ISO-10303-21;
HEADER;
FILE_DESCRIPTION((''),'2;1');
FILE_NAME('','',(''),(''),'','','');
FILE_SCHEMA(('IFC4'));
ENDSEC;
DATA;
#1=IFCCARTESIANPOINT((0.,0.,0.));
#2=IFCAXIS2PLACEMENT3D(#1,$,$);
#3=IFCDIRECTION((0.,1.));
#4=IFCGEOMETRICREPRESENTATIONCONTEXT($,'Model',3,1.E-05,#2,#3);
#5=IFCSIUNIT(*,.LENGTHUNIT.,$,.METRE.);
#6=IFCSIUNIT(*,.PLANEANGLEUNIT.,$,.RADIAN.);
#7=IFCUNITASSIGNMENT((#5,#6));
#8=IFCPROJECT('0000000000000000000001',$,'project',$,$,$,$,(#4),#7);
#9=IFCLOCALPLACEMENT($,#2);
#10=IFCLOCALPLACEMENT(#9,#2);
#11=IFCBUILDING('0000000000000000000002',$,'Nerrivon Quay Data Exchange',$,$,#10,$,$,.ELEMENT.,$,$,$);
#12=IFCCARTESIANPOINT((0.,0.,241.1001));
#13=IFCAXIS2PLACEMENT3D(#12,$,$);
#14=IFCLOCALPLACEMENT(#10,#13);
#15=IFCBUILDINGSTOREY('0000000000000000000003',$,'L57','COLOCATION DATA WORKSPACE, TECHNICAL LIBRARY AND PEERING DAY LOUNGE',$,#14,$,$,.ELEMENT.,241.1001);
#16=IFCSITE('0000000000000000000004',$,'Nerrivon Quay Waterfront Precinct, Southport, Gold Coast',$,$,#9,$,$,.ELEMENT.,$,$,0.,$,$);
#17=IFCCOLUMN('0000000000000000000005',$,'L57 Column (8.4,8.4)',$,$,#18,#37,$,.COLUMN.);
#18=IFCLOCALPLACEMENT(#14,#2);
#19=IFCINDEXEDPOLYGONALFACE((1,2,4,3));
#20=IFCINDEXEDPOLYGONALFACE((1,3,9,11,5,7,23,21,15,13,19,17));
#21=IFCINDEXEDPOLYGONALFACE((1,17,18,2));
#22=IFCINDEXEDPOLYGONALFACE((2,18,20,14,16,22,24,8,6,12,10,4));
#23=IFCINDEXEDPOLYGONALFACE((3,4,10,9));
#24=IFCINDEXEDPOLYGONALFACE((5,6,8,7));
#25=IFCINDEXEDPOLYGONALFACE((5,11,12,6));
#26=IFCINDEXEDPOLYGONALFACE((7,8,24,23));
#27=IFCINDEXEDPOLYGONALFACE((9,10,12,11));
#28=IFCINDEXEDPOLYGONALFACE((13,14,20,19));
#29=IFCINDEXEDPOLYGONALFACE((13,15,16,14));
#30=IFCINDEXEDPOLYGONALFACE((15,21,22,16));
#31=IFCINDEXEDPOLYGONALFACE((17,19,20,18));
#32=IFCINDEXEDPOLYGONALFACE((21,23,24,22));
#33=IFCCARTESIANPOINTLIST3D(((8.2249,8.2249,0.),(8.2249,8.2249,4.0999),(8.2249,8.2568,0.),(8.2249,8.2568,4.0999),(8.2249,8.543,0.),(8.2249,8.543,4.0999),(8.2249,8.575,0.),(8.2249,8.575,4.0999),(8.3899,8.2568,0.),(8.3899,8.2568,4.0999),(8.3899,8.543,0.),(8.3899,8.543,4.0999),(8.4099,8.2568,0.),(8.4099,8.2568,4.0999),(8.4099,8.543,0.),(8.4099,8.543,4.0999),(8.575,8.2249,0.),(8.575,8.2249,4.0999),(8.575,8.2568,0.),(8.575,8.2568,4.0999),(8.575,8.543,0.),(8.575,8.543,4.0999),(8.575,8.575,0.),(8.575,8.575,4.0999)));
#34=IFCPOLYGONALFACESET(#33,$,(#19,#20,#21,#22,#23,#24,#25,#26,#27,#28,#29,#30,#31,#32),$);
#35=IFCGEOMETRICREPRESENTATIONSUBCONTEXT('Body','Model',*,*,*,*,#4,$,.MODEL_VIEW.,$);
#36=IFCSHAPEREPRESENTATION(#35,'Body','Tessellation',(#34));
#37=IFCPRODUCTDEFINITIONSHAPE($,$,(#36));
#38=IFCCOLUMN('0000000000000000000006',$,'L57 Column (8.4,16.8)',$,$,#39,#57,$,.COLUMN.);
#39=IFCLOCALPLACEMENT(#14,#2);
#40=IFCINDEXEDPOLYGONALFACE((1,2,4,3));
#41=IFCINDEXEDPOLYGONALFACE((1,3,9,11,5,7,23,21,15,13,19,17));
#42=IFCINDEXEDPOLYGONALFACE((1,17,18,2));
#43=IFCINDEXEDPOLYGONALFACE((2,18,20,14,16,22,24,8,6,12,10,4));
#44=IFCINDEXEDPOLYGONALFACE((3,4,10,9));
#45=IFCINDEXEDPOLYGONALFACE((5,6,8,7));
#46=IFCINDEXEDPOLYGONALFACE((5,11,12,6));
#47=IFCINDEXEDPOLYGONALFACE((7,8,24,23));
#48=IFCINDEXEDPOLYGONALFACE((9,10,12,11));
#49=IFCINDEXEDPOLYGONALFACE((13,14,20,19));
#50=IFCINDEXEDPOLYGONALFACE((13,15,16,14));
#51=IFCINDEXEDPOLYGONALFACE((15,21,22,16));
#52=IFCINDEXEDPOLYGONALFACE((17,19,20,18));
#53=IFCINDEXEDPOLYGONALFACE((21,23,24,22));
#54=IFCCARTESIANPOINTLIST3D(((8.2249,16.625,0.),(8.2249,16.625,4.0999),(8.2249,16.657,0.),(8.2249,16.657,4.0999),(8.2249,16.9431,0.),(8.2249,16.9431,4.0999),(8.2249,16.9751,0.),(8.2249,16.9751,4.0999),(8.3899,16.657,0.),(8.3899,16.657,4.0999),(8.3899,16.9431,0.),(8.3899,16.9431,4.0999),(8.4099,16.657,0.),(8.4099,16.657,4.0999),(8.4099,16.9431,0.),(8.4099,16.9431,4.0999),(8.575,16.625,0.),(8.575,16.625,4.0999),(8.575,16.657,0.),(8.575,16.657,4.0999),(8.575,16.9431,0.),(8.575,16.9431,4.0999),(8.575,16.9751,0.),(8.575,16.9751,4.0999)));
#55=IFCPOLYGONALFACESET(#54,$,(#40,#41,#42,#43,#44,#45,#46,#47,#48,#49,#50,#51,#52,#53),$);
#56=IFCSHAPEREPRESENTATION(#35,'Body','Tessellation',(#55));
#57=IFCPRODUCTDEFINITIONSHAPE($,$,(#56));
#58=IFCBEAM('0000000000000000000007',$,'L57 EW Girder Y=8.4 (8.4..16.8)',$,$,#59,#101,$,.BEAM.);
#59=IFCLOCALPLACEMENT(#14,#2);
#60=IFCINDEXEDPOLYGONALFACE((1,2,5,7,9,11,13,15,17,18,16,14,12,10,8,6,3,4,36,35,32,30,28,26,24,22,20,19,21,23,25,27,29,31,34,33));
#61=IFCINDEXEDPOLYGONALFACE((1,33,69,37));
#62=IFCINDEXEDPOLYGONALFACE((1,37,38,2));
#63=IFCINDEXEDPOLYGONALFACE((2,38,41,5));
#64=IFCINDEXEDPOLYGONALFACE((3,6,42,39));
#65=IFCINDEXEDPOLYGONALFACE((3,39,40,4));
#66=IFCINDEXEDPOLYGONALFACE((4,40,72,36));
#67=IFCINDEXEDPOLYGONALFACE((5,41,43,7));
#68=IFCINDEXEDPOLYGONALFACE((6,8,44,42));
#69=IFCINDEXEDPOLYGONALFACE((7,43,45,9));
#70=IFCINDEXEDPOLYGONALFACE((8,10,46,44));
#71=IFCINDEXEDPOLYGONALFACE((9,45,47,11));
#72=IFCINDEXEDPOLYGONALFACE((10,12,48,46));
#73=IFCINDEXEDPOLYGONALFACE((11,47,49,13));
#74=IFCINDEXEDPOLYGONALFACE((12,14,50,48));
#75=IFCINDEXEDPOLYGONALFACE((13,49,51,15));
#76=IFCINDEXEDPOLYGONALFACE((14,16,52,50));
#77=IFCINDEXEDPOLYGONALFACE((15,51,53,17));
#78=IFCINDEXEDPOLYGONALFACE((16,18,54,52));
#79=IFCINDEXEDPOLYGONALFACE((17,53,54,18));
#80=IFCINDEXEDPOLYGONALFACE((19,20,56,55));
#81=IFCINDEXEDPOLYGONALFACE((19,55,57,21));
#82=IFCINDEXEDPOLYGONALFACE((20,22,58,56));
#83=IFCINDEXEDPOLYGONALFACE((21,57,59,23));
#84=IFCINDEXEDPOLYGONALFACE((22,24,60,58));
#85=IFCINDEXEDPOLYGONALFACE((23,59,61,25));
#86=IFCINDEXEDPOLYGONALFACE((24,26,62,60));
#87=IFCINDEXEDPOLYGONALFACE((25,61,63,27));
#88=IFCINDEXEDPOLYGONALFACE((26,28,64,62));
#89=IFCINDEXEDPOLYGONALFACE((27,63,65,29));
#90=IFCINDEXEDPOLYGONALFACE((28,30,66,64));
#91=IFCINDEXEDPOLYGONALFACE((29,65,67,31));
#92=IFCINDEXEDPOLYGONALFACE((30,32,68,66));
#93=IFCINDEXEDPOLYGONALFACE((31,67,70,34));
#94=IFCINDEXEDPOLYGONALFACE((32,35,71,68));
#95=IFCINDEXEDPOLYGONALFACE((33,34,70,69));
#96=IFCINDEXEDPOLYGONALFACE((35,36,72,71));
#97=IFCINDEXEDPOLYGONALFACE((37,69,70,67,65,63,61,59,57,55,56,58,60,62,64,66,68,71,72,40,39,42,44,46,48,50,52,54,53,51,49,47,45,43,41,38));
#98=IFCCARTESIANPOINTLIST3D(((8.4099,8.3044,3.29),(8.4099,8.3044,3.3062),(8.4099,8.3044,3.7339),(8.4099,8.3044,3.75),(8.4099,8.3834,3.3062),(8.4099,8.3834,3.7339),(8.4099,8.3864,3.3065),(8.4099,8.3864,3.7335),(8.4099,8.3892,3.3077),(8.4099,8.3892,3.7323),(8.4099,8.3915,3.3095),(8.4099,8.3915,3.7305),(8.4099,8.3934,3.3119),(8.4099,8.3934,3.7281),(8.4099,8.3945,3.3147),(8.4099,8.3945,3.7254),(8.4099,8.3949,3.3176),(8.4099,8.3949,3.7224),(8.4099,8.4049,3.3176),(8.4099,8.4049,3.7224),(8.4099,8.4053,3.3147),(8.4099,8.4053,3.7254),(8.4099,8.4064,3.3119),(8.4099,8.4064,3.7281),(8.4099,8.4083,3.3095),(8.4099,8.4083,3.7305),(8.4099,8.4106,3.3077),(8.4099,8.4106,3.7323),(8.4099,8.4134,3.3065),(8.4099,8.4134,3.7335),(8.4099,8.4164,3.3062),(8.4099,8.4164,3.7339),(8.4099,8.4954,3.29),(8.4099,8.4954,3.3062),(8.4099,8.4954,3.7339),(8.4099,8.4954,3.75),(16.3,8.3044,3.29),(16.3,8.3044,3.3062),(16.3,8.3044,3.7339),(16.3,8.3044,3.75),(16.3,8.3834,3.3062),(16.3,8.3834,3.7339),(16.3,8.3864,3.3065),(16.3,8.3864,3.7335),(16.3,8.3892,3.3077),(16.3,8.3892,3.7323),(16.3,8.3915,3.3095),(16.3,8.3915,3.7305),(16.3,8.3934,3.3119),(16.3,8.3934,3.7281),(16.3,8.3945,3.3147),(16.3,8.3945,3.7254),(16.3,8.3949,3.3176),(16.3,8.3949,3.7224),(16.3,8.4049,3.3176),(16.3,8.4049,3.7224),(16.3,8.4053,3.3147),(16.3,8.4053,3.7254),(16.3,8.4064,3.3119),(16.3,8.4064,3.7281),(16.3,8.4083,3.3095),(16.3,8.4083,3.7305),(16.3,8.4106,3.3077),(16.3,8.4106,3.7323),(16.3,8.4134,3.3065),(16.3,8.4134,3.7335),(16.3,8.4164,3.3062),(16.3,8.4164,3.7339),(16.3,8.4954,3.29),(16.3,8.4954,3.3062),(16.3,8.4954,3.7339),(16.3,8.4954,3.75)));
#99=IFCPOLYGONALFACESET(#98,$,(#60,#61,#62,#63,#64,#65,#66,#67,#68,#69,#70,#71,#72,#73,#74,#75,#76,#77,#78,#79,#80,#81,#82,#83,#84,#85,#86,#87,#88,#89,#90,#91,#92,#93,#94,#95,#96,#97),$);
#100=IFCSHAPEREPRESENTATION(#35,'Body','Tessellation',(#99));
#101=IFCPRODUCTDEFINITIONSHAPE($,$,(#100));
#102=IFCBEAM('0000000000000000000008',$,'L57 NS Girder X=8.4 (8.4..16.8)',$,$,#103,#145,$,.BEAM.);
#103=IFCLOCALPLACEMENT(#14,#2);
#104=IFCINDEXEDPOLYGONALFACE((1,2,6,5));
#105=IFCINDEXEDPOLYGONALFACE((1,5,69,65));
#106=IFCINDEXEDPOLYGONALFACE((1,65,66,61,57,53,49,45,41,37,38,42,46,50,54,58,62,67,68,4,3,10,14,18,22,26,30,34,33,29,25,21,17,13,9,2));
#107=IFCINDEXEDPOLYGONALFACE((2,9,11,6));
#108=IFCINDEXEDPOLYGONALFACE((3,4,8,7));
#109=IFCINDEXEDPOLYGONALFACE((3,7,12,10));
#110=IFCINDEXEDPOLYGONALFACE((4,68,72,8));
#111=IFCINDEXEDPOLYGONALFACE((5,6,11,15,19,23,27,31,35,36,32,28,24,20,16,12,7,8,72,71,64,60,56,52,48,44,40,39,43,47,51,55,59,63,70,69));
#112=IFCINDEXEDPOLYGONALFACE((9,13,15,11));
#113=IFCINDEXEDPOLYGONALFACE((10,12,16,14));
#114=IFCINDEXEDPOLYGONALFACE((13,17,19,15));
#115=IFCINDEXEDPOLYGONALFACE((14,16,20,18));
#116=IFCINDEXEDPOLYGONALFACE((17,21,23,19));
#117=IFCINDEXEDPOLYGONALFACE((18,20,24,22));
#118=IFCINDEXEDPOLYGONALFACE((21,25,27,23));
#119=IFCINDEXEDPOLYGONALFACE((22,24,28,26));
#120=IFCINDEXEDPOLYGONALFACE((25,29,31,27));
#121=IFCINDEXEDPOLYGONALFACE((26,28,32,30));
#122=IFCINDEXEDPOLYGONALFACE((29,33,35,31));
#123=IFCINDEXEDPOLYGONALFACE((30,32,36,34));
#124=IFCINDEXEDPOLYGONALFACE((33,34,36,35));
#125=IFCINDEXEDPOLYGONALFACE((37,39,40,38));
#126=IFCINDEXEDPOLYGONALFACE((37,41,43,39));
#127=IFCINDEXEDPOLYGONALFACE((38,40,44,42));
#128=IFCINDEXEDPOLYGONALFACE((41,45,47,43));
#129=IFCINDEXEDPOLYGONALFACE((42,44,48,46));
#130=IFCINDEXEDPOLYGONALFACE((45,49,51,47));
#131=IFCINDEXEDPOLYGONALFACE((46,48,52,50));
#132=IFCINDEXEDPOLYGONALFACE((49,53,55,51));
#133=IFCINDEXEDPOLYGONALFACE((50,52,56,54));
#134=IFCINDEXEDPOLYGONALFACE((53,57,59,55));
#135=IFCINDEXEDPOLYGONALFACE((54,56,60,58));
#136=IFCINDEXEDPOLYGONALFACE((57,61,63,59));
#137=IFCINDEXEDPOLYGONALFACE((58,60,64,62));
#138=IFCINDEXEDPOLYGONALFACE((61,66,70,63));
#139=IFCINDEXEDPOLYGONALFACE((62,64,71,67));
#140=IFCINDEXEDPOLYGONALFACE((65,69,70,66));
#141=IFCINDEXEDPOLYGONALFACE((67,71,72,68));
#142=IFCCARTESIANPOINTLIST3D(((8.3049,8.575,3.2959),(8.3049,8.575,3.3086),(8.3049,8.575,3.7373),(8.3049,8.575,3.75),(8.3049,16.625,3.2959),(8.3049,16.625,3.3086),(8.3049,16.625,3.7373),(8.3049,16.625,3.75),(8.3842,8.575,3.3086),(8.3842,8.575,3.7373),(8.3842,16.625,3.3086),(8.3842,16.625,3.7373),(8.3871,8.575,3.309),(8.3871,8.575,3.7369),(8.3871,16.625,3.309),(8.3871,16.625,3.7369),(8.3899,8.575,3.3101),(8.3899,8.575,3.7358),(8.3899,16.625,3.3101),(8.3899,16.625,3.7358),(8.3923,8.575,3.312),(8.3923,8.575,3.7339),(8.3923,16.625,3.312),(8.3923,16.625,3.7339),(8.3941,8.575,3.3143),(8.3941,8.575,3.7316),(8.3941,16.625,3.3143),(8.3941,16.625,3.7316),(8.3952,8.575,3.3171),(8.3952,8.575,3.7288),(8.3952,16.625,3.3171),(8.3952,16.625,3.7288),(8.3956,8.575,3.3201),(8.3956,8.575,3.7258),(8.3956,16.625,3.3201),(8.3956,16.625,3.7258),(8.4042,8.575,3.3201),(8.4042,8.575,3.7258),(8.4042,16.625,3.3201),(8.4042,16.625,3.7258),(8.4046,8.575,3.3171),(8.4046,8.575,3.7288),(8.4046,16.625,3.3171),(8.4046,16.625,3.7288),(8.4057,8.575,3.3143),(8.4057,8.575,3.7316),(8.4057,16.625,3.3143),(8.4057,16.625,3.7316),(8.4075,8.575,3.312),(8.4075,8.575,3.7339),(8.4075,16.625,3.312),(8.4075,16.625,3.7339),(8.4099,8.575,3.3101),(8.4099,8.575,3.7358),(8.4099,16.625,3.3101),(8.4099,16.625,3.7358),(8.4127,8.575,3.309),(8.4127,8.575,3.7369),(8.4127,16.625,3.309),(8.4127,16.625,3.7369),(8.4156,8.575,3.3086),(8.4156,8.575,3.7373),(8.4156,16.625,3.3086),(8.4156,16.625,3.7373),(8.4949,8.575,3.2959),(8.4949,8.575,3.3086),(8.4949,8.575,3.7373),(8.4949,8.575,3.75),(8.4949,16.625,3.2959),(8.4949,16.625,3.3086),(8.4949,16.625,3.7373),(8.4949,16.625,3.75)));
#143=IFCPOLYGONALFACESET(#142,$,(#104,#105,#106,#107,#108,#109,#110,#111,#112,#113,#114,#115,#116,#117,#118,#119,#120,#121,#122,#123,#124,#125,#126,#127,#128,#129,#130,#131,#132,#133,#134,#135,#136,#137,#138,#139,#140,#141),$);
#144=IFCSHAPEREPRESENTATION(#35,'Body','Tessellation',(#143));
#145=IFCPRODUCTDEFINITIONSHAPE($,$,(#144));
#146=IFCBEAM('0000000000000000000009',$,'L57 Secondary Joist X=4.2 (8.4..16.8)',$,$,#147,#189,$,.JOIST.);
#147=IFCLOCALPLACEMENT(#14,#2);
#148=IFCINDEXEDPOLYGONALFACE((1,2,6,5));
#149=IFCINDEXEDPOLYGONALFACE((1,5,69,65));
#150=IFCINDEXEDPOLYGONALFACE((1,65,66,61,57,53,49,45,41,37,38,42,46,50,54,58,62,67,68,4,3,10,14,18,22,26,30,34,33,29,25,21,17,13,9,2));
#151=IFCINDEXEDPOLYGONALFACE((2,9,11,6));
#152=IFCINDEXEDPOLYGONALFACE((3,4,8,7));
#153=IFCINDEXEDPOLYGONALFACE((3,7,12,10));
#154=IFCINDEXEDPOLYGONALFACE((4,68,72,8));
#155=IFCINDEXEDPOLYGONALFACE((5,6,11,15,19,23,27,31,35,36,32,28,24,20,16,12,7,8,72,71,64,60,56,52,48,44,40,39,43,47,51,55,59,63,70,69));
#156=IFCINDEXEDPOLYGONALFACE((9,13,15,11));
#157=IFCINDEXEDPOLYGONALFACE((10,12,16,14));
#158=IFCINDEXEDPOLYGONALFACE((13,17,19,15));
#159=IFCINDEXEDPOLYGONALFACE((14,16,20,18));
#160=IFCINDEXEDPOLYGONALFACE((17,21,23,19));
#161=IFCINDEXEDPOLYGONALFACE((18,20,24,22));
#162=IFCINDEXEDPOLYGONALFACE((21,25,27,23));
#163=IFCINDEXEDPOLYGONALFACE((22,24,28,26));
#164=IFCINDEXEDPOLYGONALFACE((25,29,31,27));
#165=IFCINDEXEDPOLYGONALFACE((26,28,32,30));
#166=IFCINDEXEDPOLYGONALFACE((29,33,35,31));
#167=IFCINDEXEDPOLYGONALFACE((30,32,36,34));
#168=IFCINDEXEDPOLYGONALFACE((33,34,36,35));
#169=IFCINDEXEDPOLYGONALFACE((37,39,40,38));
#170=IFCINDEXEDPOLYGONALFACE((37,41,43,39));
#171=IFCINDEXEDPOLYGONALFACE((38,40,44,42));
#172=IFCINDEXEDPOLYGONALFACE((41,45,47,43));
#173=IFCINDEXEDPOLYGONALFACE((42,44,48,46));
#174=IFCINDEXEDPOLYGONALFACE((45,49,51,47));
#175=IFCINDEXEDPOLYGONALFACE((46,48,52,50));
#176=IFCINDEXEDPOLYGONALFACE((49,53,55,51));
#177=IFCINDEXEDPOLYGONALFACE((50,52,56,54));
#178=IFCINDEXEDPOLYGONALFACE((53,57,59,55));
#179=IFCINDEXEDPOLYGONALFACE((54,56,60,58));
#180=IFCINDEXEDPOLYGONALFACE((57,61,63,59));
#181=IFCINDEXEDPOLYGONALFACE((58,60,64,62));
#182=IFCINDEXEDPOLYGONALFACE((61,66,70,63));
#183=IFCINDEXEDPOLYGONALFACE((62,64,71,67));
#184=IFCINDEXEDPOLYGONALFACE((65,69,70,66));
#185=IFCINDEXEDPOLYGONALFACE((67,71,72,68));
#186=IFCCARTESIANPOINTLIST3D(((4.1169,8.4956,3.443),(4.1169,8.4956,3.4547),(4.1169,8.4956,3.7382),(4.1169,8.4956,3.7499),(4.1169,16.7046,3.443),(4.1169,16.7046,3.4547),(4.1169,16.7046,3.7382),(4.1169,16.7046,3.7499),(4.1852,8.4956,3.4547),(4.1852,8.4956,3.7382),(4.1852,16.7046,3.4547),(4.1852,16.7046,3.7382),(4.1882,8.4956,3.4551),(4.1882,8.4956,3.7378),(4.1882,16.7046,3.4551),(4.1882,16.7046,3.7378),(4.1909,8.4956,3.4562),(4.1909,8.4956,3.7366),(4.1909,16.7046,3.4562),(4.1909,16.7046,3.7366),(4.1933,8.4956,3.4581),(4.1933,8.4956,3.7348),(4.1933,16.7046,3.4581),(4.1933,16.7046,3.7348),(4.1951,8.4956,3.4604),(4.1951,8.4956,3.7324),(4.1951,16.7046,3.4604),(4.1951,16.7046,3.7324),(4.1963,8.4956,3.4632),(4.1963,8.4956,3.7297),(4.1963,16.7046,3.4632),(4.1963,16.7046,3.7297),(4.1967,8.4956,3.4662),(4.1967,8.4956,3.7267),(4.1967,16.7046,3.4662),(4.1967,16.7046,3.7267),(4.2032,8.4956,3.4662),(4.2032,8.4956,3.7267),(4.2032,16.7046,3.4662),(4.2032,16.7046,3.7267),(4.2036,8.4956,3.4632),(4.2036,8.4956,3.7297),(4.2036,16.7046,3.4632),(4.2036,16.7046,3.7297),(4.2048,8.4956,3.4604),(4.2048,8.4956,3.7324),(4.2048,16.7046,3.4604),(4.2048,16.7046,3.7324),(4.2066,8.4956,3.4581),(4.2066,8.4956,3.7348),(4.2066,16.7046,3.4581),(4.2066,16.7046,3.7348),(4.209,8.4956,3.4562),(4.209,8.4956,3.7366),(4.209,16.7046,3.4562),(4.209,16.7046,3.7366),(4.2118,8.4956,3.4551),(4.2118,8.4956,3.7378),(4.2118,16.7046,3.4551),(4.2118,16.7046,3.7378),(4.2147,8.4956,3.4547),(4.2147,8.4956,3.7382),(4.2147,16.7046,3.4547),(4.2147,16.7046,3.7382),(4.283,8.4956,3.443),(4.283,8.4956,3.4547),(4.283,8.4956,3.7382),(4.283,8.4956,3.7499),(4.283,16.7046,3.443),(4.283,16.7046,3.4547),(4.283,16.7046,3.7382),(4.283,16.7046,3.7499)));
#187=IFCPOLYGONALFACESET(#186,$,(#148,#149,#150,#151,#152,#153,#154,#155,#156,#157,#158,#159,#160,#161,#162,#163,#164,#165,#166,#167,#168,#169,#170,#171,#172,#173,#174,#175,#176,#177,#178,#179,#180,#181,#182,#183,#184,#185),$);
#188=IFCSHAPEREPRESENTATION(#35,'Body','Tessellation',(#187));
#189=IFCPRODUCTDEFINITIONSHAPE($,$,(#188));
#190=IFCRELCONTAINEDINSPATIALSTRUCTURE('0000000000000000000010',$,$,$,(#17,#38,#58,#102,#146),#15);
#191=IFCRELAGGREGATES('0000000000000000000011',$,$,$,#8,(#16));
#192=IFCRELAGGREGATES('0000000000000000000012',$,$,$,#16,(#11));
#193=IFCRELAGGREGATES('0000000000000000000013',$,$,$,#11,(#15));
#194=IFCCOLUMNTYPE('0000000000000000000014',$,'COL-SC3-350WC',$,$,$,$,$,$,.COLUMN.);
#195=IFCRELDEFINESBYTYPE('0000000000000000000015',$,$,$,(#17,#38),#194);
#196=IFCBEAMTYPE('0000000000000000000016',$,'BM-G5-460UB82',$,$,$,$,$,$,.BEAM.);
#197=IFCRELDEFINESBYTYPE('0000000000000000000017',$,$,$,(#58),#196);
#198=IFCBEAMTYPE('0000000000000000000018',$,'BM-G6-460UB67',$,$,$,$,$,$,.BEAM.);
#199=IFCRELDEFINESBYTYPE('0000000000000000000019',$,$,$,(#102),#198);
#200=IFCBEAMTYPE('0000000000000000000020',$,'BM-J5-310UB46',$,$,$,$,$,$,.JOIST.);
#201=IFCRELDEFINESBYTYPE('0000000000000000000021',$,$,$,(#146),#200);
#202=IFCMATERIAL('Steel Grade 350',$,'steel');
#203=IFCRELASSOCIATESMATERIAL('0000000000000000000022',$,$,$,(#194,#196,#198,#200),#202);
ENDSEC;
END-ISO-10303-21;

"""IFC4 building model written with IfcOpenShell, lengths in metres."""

from ifc_helpers import new_model, si_unit, direction, frame, origin, origin_2d, place, context, subcontext, project, spatial, i_section, extrude, material, material_profile, profile_set, type_object, element, save


model = new_model("IFC4")

# Units and contexts
model_context = context("Model", 3, precision=1e-05, world=origin(), true_north=direction((0.0, 1.0)))
body_context = subcontext(model_context, "Body", "Model", "MODEL_VIEW")
ifc_project = project(units=[si_unit("LENGTHUNIT", "METRE"), si_unit("PLANEANGLEUNIT", "RADIAN")], contexts=[model_context])

# Site, building, storey
site_placement = place(None, origin())
site = spatial("IfcSite", under=ifc_project, at=site_placement, Name="Nerrivon Quay Waterfront Precinct, Southport, Gold Coast", CompositionType="ELEMENT", RefElevation=0.0)
building_placement = place(site_placement, origin())
building = spatial("IfcBuilding", under=site, at=building_placement, Name="Nerrivon Quay Data Exchange", CompositionType="ELEMENT")
storey_placement = place(building_placement, frame((0.0, 0.0, 241.1001)))
storey = spatial("IfcBuildingStorey", under=building, at=storey_placement, Name="L57", Description="COLOCATION DATA WORKSPACE, TECHNICAL LIBRARY AND PEERING DAY LOUNGE", CompositionType="ELEMENT", Elevation=241.1001)

# Columns
ifc_material_1 = material(Name="Steel Grade 350", Category="steel")
ifc_material_profile_1 = material_profile(ifc_material_1, i_section(OverallWidth=0.3501, OverallDepth=0.3501, WebThickness=0.02, FlangeThickness=0.032, at=origin_2d()), Name="350WC230")
ifc_profile_set_1 = profile_set([ifc_material_profile_1], Name="Steel Grade 350")
column_type = type_object("IfcColumnType", Name="COL-SC3-350WC", PredefinedType="COLUMN", material=ifc_profile_set_1)
for number, where, z_axis, x_axis, name in (
    (1, (8.3999, 8.3999, 0.0), (0.0, 0.0, 1.0), (1.0, 0.0, 0.0), "L57 Column (8.4,8.4)"),
    (2, (8.3999, 16.8, 0.0), (0.0, 0.0, 1.0), (1.0, 0.0, 0.0), "L57 Column (8.4,16.8)"),
):
    element("IfcColumn", number, at=place(storey_placement, frame(where, z_axis=z_axis, x_axis=x_axis)), inside=storey, type_object=column_type, Name=name, PredefinedType="COLUMN", context=body_context, shape_type="SweptSolid", body=[
        extrude(i_section(OverallWidth=0.3501, OverallDepth=0.3501, WebThickness=0.02, FlangeThickness=0.032, at=origin_2d()), origin(), (0.0, 0.0, 1.0), 4.0999),
    ])

# Beams
ifc_material_profile_2 = material_profile(ifc_material_1, i_section(OverallWidth=0.1909, OverallDepth=0.46, WebThickness=0.01, FlangeThickness=0.0161, FilletRadius=0.0115, at=origin_2d()), Name="460UB82.1")
ifc_profile_set_2 = profile_set([ifc_material_profile_2], Name="Steel Grade 350")
beam_type_1 = type_object("IfcBeamType", Name="BM-G5-460UB82", PredefinedType="BEAM", material=ifc_profile_set_2)
beam_1_placement = place(storey_placement, frame((8.4099, 8.3999, 3.52), z_axis=(1.0, 0.0, 0.0), x_axis=(0.0, 1.0, 0.0)))
element("IfcBeam", 3, at=beam_1_placement, inside=storey, type_object=beam_type_1, Name="L57 EW Girder Y=8.4 (8.4..16.8)", PredefinedType="BEAM", context=body_context, shape_type="SweptSolid", body=[
    extrude(i_section(OverallWidth=0.1909, OverallDepth=0.46, WebThickness=0.01, FlangeThickness=0.0161, FilletRadius=0.0115, at=origin_2d()), origin(), (0.0, 0.0, 1.0), 7.8901),
])
ifc_material_profile_3 = material_profile(ifc_material_1, i_section(OverallWidth=0.1899, OverallDepth=0.4541, WebThickness=0.0085, FlangeThickness=0.0127, FilletRadius=0.0115, at=origin_2d()), Name="460UB67.1")
ifc_profile_set_3 = profile_set([ifc_material_profile_3], Name="Steel Grade 350")
beam_type_2 = type_object("IfcBeamType", Name="BM-G6-460UB67", PredefinedType="BEAM", material=ifc_profile_set_3)
beam_2_placement = place(storey_placement, frame((8.3999, 8.575, 3.5229), z_axis=(0.0, 1.0, 0.0), x_axis=(-1.0, 0.0, 0.0)))
element("IfcBeam", 4, at=beam_2_placement, inside=storey, type_object=beam_type_2, Name="L57 NS Girder X=8.4 (8.4..16.8)", PredefinedType="BEAM", context=body_context, shape_type="SweptSolid", body=[
    extrude(i_section(OverallWidth=0.1899, OverallDepth=0.4541, WebThickness=0.0085, FlangeThickness=0.0127, FilletRadius=0.0115, at=origin_2d()), origin(), (0.0, 0.0, 1.0), 8.05),
])
ifc_material_profile_4 = material_profile(ifc_material_1, i_section(OverallWidth=0.166, OverallDepth=0.3069, WebThickness=0.0066, FlangeThickness=0.0117, FilletRadius=0.0115, at=origin_2d()), Name="310UB46.2")
ifc_profile_set_4 = profile_set([ifc_material_profile_4], Name="Steel Grade 350")
beam_type_3 = type_object("IfcBeamType", Name="BM-J5-310UB46", PredefinedType="JOIST", material=ifc_profile_set_4)
for number, where, z_axis, x_axis, name in (
    (5, (4.2, 8.4956, 3.5964), (0.0, 1.0, 0.0), (-1.0, 0.0, 0.0), "L57 Secondary Joist X=4.2 (8.4..16.8)"),
):
    element("IfcBeam", number, at=place(storey_placement, frame(where, z_axis=z_axis, x_axis=x_axis)), inside=storey, type_object=beam_type_3, Name=name, PredefinedType="JOIST", context=body_context, shape_type="SweptSolid", body=[
        extrude(i_section(OverallWidth=0.166, OverallDepth=0.3069, WebThickness=0.0066, FlangeThickness=0.0117, FilletRadius=0.0115, at=origin_2d()), origin(), (0.0, 0.0, 1.0), 8.209),
    ])

save(model, "model.ifc")
